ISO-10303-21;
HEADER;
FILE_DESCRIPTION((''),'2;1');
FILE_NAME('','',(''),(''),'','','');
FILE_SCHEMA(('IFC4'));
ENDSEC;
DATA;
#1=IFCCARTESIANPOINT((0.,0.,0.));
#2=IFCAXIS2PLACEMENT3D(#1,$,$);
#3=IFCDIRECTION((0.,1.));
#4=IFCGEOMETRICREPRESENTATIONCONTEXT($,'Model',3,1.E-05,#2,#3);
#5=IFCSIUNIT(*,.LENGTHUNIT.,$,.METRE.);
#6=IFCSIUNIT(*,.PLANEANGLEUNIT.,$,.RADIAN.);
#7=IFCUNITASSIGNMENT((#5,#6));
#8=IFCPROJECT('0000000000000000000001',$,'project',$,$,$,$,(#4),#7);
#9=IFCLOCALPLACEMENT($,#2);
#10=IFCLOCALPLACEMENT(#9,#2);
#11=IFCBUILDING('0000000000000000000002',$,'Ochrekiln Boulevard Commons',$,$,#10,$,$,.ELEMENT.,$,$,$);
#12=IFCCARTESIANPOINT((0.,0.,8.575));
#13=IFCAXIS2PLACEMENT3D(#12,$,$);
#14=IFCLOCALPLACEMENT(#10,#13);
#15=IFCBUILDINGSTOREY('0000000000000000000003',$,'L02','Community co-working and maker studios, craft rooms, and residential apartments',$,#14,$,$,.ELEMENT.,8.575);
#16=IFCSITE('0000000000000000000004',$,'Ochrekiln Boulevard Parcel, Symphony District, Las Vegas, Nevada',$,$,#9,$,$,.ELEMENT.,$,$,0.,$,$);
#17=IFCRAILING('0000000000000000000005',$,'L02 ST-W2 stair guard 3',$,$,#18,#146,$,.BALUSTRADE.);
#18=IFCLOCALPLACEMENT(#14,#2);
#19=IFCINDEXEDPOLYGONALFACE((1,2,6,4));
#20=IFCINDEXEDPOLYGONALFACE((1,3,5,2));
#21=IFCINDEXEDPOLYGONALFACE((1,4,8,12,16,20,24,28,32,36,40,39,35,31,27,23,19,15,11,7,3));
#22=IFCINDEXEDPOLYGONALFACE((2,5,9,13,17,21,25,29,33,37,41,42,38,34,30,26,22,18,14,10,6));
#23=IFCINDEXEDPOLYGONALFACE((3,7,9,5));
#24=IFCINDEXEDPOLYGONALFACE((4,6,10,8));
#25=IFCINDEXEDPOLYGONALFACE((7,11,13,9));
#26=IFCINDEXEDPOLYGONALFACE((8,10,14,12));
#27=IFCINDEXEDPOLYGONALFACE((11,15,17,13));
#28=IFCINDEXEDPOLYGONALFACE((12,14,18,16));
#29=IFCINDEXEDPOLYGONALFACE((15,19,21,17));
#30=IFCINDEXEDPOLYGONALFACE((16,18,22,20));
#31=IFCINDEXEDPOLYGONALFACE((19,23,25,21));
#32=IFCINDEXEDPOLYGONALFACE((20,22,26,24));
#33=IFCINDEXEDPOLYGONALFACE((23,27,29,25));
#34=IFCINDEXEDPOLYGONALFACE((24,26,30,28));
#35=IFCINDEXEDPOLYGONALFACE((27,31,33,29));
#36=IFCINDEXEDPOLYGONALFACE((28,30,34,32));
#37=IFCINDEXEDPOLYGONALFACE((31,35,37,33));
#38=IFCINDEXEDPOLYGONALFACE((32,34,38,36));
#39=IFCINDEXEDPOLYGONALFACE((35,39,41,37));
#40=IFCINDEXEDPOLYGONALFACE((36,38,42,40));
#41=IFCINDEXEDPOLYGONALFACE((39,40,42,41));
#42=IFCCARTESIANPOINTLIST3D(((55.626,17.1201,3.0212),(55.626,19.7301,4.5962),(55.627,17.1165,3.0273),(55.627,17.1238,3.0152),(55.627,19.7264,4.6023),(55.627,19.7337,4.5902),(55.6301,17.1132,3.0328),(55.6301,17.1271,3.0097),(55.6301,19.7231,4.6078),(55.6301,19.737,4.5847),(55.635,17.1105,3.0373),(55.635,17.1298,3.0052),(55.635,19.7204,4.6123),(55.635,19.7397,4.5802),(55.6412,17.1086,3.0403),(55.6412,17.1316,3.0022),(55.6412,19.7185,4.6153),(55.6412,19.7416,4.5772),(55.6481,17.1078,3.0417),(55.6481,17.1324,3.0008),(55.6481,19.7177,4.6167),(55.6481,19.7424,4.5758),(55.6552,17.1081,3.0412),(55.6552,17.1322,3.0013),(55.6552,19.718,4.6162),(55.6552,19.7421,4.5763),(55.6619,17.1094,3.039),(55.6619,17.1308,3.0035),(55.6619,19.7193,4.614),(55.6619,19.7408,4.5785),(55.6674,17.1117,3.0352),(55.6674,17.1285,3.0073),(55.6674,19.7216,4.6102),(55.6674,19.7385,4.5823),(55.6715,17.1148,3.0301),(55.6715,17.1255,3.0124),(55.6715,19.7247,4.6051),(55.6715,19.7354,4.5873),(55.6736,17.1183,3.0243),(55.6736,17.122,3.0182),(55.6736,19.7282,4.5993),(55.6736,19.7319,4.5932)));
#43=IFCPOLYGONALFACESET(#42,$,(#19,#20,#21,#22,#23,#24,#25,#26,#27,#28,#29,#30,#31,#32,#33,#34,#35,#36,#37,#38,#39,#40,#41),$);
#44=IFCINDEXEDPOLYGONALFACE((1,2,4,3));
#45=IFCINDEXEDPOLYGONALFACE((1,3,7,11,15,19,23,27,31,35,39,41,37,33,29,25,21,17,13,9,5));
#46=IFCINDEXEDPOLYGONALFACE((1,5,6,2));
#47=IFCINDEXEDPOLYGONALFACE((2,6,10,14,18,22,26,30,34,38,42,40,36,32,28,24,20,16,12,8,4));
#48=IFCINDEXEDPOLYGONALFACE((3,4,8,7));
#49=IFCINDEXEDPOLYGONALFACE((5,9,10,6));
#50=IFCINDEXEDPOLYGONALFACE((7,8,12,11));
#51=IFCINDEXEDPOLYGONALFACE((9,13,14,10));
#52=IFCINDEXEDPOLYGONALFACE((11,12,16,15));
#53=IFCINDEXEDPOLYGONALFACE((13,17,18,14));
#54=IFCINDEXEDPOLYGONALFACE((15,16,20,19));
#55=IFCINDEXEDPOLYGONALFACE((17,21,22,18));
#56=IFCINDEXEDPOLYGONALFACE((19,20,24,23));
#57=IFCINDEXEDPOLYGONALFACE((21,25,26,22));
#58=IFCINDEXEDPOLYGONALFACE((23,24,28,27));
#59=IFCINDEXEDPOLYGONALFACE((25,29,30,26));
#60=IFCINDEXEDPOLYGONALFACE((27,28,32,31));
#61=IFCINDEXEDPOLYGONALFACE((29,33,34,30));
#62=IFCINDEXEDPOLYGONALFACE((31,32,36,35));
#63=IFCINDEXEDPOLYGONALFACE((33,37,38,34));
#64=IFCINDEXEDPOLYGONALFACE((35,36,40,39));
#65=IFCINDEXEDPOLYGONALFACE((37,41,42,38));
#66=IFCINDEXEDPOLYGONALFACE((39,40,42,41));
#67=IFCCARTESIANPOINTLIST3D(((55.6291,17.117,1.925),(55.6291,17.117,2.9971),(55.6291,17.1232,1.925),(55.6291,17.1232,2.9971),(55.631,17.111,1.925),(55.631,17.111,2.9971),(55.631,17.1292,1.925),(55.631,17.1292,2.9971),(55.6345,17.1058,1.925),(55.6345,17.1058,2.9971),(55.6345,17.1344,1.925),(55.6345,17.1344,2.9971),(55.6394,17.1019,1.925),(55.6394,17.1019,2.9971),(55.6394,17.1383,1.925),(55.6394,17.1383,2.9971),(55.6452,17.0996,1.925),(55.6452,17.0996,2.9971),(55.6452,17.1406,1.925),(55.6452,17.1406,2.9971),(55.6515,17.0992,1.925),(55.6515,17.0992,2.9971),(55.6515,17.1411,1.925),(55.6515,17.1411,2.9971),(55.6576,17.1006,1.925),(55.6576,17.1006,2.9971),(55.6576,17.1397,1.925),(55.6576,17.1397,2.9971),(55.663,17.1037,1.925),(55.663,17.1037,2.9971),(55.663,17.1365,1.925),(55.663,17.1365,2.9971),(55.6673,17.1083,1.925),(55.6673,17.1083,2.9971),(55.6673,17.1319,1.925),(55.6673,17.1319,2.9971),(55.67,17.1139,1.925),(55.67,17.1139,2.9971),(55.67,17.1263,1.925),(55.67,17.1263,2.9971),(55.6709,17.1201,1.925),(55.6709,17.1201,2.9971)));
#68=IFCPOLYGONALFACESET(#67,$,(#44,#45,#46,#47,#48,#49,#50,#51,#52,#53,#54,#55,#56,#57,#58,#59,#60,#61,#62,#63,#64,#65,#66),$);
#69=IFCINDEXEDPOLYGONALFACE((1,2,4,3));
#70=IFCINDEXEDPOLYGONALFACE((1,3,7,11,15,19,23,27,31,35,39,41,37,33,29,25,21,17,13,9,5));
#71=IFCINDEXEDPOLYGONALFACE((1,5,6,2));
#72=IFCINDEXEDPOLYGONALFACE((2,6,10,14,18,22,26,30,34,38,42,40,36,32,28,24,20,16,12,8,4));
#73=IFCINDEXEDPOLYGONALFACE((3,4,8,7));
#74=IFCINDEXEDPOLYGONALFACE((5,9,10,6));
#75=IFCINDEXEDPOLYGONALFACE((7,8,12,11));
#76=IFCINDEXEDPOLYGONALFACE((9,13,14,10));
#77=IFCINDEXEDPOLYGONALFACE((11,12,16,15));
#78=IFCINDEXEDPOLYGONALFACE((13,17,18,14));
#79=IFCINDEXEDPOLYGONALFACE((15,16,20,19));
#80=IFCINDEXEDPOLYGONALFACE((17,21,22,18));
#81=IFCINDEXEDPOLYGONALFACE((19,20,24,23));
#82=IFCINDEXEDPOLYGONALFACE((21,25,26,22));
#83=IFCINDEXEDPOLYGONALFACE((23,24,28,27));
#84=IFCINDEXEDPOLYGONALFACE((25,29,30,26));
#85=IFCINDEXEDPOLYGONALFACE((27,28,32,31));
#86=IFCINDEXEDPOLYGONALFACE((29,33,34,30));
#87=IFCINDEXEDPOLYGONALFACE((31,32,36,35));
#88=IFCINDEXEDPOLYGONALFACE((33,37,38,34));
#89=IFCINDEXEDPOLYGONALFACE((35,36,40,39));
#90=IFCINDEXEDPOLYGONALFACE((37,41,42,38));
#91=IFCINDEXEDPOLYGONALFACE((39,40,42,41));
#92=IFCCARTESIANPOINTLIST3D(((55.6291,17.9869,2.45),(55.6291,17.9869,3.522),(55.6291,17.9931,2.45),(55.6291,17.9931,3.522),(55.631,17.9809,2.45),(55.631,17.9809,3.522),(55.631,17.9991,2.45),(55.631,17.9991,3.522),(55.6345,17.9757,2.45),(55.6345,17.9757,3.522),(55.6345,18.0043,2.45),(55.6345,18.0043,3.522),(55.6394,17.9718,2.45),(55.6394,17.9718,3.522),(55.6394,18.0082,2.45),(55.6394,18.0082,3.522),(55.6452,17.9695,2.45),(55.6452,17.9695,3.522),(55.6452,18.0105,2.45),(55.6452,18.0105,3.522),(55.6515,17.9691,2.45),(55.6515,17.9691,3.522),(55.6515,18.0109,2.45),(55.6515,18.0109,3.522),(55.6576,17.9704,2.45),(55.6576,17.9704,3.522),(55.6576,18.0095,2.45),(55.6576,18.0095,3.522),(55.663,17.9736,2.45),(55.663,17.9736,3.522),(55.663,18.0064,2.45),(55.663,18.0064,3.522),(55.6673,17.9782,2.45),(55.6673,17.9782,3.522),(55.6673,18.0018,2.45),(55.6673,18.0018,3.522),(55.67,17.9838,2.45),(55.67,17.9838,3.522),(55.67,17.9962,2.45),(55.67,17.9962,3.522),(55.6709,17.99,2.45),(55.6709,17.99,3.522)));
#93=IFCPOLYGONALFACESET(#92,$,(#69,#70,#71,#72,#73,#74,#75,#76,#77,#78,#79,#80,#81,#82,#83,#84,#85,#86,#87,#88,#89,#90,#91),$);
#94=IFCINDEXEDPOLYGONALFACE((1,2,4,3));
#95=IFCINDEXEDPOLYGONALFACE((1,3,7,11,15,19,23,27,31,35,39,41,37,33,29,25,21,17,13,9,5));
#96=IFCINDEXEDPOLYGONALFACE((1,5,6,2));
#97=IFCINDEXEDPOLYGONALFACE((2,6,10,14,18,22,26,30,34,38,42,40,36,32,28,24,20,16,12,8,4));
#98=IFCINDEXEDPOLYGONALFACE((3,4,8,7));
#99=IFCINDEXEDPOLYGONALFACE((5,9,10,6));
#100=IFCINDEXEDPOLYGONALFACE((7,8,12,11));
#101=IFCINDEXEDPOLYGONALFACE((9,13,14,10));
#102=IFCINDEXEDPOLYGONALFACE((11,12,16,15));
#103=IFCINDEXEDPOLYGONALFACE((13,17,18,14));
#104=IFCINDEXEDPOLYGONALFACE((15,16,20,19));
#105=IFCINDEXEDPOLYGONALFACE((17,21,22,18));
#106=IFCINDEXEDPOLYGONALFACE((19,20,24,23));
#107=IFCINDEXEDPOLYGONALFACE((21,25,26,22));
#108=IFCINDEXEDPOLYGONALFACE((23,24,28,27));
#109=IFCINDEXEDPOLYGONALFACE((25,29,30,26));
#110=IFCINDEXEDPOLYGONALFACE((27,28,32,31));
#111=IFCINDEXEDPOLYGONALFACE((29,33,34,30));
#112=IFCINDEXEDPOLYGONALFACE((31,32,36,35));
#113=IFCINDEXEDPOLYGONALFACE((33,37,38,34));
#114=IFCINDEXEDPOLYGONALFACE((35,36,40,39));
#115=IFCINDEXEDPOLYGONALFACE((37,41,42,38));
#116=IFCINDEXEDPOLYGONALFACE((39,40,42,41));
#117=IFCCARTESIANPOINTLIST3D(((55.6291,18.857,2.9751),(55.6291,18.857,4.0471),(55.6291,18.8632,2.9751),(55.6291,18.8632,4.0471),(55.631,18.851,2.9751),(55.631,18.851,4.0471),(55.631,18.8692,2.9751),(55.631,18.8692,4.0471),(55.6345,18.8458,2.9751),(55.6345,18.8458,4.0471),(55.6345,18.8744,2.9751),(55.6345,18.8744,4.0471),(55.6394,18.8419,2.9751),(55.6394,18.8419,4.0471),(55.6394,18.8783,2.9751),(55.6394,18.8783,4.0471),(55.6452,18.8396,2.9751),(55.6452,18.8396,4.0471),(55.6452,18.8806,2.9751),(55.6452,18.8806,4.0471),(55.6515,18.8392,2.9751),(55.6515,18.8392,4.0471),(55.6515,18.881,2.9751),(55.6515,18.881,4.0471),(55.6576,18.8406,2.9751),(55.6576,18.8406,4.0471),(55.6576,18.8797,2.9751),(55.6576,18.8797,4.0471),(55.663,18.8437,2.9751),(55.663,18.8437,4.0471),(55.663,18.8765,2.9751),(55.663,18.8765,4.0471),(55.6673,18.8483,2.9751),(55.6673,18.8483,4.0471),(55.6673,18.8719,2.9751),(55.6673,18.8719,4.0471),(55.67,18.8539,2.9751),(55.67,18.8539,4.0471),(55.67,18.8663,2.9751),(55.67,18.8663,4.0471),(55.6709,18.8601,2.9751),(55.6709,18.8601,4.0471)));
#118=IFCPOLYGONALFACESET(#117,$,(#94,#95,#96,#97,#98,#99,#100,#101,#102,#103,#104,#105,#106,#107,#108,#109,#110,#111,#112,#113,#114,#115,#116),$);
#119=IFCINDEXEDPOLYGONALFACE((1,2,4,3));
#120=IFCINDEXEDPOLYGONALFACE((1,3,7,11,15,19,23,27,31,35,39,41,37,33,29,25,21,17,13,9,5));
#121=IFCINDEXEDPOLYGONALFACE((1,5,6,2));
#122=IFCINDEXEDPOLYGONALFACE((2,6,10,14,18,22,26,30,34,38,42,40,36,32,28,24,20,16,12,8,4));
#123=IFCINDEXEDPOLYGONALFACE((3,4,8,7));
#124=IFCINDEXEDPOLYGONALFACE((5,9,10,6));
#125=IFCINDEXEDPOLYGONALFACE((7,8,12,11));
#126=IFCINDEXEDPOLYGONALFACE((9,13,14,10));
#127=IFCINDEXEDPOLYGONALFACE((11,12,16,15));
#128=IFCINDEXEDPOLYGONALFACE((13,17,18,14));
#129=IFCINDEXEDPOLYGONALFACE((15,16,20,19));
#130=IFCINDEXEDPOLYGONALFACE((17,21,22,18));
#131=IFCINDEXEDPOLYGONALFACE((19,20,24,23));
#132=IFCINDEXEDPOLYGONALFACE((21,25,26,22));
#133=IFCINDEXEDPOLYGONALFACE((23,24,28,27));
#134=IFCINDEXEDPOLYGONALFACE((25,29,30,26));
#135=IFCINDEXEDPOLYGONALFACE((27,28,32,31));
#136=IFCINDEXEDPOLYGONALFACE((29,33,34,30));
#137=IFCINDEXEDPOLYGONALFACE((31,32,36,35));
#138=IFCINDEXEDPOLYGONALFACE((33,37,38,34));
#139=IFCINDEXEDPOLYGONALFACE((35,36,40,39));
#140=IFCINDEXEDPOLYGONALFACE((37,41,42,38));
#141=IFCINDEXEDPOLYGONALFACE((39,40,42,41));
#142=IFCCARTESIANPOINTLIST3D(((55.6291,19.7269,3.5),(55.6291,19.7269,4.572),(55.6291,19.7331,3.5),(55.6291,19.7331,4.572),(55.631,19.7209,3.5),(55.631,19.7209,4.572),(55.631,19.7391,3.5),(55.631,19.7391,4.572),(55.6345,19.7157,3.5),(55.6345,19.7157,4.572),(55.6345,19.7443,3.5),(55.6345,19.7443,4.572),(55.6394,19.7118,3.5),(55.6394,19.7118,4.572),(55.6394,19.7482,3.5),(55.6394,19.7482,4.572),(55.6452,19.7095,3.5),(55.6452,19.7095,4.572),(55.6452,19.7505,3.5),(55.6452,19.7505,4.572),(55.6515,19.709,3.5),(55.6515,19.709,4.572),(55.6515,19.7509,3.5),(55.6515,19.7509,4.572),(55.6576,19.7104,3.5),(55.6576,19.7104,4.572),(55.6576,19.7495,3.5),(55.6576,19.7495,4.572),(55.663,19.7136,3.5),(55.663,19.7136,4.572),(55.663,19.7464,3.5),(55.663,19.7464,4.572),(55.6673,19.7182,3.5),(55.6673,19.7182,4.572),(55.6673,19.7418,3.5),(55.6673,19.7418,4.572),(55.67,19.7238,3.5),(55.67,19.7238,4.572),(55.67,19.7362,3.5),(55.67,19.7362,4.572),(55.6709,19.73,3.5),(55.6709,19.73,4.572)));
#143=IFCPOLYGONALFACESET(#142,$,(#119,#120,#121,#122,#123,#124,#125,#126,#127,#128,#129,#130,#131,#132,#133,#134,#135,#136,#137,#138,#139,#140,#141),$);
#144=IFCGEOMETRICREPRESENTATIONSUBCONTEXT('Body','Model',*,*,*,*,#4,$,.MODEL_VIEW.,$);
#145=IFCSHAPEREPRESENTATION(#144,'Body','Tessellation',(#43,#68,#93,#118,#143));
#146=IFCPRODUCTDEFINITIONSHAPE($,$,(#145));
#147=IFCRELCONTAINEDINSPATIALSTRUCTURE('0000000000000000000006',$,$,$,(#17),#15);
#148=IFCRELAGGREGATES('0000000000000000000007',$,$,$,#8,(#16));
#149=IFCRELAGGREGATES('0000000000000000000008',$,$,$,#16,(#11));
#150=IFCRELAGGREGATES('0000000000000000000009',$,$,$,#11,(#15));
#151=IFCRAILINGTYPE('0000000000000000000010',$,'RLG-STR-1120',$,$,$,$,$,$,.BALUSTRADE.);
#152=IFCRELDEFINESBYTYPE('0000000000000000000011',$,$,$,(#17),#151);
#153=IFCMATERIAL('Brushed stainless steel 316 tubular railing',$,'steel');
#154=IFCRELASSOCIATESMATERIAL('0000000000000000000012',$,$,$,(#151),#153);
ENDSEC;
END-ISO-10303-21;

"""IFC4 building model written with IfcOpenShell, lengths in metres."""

from ifc_helpers import new_model, si_unit, direction, frame, origin, origin_2d, place, context, subcontext, project, spatial, circle, extrude, material, type_object, element, save


model = new_model("IFC4")

# Units and contexts
model_context = context("Model", 3, precision=1e-05, world=origin(), true_north=direction((0.0, 1.0)))
body_context = subcontext(model_context, "Body", "Model", "MODEL_VIEW")
ifc_project = project(units=[si_unit("LENGTHUNIT", "METRE"), si_unit("PLANEANGLEUNIT", "RADIAN")], contexts=[model_context])

# Site, building, storey
site_placement = place(None, origin())
site = spatial("IfcSite", under=ifc_project, at=site_placement, Name="Ochrekiln Boulevard Parcel, Symphony District, Las Vegas, Nevada", CompositionType="ELEMENT", RefElevation=0.0)
building_placement = place(site_placement, origin())
building = spatial("IfcBuilding", under=site, at=building_placement, Name="Ochrekiln Boulevard Commons", CompositionType="ELEMENT")
storey_placement = place(building_placement, frame((0.0, 0.0, 8.575)))
storey = spatial("IfcBuildingStorey", under=building, at=storey_placement, Name="L02", Description="Community co-working and maker studios, craft rooms, and residential apartments", CompositionType="ELEMENT", Elevation=8.575)

# Railing
ifc_material_1 = material(Name="Brushed stainless steel 316 tubular railing", Category="steel")
railing_type_1 = type_object("IfcRailingType", Name="RLG-STR-1120", PredefinedType="BALUSTRADE", material=ifc_material_1)
railing_1_placement = place(storey_placement, frame((55.6499, 17.1201, 1.925)))
element("IfcRailing", 1, at=railing_1_placement, inside=storey, type_object=railing_type_1, Name="L02 ST-W2 stair guard 3", PredefinedType="BALUSTRADE", context=body_context, shape_type="SweptSolid", body=[
    extrude(circle(Radius=0.0239, at=origin_2d()), frame((0.0, 0.0, 1.0962), z_axis=(0.0, 0.856183, 0.516673), x_axis=(-1.0, 0.0, 0.0)), (0.0, 0.0, 1.0), 3.0483),
    extrude(circle(Radius=0.021, at=origin_2d()), origin(), (0.0, 0.0, 1.0), 1.072),
    extrude(circle(Radius=0.021, at=origin_2d()), frame((0.0, 0.8699, 0.5249)), (0.0, 0.0, 1.0), 1.072),
    extrude(circle(Radius=0.021, at=origin_2d()), frame((0.0, 1.74, 1.05)), (0.0, 0.0, 1.0), 1.072),
    extrude(circle(Radius=0.021, at=origin_2d()), frame((0.0, 2.6099, 1.575)), (0.0, 0.0, 1.0), 1.072),
])

save(model, "model.ifc")
